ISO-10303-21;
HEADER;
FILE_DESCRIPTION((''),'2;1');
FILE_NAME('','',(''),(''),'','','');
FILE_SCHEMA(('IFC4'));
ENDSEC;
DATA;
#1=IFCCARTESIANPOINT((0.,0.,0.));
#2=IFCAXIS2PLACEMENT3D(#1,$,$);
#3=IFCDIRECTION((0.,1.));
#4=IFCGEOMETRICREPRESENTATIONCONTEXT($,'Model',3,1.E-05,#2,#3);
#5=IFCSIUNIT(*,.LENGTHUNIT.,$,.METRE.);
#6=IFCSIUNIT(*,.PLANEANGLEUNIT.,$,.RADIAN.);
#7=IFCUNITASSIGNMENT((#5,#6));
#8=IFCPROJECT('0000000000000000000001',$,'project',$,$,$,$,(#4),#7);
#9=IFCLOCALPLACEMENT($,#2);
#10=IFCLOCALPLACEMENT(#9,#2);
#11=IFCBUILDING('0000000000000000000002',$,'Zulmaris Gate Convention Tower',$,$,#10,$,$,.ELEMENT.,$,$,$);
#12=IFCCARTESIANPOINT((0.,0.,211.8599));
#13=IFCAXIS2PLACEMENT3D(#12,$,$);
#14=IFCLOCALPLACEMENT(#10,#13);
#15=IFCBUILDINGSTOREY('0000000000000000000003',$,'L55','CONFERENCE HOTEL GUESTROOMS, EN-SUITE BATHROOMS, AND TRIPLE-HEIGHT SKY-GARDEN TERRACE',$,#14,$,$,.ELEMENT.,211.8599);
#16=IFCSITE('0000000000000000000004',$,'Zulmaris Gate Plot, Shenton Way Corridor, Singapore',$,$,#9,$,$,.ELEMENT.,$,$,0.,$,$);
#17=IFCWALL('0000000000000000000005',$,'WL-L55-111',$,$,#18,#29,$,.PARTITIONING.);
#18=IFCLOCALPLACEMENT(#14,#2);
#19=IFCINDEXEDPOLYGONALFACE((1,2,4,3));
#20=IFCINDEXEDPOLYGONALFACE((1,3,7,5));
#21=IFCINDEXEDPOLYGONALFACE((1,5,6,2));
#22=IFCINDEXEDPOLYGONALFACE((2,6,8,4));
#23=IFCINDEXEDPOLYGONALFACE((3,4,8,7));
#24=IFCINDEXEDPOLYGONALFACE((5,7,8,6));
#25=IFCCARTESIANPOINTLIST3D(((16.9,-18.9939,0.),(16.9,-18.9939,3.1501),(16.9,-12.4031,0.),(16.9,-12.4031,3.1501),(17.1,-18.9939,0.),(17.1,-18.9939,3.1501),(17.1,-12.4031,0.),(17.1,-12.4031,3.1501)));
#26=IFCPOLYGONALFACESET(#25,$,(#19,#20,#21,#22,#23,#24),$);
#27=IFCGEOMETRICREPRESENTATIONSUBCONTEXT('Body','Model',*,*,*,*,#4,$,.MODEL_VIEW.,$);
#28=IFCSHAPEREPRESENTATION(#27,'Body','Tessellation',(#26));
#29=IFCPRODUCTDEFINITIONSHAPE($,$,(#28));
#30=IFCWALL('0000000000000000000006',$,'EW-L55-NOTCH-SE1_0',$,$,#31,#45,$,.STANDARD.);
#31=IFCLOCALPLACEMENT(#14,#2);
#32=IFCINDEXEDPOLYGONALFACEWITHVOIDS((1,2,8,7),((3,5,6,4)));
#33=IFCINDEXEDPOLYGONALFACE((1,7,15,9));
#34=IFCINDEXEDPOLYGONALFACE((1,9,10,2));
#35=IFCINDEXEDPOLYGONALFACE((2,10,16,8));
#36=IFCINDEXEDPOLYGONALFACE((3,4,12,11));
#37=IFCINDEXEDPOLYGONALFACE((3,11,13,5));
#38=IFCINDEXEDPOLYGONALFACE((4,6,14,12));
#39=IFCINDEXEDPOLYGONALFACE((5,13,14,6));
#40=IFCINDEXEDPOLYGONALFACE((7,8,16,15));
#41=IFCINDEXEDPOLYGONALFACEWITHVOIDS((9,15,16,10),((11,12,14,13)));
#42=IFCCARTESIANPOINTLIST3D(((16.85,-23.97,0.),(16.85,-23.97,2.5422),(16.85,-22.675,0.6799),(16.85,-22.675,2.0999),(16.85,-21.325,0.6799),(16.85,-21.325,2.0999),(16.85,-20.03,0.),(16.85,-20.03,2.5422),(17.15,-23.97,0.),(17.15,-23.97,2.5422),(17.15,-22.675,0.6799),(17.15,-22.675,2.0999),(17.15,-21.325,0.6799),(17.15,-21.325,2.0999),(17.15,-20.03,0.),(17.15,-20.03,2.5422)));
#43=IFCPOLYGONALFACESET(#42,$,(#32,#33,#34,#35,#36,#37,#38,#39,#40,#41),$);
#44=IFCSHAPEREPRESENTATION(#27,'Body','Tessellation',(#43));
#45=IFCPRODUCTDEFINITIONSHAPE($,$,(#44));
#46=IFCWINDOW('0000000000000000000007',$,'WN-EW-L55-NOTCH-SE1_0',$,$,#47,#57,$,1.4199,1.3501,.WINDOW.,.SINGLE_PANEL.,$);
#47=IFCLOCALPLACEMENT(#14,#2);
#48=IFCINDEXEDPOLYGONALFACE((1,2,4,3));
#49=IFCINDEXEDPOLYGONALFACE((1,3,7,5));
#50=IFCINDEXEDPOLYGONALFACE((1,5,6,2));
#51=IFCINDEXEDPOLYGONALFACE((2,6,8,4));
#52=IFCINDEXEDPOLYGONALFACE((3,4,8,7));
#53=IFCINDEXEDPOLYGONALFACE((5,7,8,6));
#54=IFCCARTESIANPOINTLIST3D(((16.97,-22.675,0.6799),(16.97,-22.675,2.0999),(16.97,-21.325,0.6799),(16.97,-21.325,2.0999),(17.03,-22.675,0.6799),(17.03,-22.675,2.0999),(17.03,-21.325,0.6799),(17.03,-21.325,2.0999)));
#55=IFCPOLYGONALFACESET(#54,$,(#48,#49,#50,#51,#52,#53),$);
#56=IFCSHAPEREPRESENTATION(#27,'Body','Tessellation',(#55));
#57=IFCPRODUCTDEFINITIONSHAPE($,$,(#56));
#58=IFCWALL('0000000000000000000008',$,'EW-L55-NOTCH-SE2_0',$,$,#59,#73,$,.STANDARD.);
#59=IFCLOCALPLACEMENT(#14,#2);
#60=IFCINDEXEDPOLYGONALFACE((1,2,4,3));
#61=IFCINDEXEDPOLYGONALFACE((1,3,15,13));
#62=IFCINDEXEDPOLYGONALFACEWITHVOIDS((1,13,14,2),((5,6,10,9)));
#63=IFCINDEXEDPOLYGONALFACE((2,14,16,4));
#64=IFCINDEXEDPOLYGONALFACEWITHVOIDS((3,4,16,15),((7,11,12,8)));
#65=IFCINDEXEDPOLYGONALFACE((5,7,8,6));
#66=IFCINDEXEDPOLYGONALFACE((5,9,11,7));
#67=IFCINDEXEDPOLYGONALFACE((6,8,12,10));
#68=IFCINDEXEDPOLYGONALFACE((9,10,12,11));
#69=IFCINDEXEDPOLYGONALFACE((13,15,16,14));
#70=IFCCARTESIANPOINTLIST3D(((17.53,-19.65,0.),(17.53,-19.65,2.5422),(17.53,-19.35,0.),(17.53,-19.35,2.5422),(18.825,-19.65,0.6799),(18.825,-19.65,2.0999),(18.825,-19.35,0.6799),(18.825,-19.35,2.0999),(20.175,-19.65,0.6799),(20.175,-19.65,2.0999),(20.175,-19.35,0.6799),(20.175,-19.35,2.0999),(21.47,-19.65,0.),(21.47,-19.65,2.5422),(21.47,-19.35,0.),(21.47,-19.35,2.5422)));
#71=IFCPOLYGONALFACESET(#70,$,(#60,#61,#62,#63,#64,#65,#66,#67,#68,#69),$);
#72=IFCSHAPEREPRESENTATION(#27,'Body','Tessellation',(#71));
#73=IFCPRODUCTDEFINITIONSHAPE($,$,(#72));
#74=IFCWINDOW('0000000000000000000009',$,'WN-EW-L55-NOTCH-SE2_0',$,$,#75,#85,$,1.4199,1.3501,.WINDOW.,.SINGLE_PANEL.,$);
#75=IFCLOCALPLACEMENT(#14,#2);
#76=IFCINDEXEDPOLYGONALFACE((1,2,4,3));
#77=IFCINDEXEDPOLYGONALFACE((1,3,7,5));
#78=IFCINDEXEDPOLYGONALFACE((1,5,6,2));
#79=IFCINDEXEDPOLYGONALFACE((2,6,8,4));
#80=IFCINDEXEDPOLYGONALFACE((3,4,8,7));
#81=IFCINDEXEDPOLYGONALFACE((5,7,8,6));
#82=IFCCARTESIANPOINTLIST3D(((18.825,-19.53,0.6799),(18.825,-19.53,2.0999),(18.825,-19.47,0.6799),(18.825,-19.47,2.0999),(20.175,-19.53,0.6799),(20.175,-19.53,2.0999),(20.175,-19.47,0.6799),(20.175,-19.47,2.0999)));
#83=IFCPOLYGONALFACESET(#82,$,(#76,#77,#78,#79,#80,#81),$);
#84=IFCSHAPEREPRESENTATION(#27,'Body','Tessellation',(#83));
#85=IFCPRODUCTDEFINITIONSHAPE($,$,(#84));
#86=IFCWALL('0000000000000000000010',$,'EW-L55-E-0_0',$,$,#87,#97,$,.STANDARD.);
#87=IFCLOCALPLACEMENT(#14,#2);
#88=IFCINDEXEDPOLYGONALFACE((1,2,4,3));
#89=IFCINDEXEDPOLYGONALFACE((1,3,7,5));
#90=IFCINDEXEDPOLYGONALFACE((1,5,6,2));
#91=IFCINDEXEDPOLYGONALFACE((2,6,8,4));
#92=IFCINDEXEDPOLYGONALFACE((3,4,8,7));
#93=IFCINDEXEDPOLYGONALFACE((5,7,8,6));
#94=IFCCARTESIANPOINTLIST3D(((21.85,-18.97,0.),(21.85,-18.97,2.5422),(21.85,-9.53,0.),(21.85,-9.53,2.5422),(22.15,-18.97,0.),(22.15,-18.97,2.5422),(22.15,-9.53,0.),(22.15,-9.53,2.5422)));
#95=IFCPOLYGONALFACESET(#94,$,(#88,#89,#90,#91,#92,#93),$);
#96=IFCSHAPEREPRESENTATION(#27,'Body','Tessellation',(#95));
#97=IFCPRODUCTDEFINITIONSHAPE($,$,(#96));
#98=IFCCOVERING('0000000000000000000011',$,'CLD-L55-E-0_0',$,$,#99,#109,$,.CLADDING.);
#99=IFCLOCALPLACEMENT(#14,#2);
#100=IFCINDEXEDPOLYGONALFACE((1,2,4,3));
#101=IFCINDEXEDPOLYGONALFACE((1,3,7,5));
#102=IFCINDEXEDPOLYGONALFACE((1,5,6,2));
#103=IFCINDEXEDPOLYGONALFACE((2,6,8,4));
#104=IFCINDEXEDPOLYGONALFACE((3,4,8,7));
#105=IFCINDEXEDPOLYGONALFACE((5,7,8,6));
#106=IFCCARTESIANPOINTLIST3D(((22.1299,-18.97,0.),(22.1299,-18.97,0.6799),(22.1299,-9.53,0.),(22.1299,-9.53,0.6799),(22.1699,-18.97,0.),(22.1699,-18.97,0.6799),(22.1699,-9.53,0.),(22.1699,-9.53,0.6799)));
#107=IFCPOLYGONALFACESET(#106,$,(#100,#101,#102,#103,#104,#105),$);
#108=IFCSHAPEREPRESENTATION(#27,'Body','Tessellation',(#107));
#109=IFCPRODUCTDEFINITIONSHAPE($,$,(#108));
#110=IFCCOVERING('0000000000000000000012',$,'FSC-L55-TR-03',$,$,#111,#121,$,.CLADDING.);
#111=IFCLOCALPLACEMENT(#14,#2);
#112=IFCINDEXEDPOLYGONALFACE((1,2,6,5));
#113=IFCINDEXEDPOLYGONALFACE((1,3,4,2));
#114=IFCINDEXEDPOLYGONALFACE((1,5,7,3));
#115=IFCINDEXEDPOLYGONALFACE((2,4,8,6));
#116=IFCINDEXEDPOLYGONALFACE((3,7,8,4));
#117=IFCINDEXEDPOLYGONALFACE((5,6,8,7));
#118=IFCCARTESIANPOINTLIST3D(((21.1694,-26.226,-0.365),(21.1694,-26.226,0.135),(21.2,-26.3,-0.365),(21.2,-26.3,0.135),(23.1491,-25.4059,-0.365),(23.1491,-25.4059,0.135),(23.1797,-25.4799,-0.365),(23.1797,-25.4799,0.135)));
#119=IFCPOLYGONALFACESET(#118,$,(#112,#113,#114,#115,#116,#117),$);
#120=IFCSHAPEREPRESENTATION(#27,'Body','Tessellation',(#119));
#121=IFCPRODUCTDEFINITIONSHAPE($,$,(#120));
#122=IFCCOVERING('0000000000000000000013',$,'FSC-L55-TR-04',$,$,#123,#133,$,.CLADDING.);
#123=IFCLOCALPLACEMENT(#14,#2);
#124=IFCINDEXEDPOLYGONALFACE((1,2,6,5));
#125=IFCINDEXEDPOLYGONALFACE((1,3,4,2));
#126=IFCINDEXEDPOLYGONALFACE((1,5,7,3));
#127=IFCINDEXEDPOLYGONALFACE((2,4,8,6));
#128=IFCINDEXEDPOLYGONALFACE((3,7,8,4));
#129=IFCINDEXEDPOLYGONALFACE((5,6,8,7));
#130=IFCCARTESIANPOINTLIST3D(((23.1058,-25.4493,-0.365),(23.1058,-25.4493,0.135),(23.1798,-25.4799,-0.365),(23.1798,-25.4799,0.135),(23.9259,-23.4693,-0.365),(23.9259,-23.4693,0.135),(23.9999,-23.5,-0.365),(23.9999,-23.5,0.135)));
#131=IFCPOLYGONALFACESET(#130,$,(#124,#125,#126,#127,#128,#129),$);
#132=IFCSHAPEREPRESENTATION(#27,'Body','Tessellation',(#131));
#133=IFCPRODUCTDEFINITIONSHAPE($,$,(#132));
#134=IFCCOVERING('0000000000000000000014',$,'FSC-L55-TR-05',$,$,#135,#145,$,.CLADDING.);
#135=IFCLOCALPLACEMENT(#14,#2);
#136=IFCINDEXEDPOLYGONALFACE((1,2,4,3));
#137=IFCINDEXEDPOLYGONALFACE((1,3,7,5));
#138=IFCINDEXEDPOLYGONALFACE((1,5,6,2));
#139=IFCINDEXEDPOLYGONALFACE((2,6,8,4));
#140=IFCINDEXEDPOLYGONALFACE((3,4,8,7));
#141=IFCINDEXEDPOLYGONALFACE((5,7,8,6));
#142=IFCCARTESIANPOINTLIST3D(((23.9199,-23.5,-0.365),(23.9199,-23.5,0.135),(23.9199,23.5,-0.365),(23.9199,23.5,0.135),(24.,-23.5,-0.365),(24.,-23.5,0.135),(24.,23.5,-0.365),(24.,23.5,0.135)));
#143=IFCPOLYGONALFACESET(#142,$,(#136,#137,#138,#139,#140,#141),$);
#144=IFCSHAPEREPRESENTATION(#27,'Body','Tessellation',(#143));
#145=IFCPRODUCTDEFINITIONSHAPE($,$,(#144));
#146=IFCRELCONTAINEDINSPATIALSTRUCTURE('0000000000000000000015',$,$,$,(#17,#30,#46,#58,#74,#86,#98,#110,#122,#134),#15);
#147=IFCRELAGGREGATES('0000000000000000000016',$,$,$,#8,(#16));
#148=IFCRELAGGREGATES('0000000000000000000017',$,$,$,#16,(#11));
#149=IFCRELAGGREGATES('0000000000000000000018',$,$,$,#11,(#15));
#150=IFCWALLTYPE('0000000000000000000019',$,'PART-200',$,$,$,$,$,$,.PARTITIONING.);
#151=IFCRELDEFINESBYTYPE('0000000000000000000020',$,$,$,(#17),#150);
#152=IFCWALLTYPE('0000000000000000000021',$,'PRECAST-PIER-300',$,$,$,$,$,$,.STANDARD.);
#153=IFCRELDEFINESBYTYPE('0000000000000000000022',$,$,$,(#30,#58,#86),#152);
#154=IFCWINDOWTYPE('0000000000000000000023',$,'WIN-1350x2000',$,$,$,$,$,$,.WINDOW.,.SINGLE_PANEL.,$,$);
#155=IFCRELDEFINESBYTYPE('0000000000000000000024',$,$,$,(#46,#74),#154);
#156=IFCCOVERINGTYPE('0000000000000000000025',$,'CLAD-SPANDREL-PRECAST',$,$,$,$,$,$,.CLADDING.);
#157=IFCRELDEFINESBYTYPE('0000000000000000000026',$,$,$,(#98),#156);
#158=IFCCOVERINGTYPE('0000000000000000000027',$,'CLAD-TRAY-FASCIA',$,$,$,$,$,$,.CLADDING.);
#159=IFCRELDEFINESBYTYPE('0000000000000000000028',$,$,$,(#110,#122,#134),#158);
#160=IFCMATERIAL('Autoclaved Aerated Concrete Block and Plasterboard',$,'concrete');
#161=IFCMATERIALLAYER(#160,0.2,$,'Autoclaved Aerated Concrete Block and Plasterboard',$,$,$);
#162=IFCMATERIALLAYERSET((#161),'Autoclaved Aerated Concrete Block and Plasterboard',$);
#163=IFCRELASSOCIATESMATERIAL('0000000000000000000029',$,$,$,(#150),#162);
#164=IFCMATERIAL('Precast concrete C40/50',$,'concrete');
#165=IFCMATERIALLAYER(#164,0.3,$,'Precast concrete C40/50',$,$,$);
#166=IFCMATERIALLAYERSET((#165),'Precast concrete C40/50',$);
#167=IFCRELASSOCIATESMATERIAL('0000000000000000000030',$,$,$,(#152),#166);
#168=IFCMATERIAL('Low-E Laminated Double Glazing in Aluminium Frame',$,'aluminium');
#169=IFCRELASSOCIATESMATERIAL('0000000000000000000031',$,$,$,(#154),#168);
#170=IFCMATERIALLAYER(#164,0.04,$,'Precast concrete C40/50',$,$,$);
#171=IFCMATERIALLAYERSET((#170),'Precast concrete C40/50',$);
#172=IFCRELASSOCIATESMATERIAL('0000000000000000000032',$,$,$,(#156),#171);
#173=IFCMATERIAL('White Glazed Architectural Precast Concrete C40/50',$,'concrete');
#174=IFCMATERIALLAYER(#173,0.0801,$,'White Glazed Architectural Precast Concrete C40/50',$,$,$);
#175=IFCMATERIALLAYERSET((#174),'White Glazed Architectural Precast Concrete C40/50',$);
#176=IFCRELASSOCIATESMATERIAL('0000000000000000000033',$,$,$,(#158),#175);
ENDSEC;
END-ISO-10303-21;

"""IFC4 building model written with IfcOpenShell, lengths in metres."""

from ifc_helpers import new_model, si_unit, direction, frame, frame_2d, origin, place, context, subcontext, project, spatial, rectangle, extrude, material, layer, layer_set, type_object, element, fill, save


model = new_model("IFC4")

# Units and contexts
model_context = context("Model", 3, precision=1e-05, world=origin(), true_north=direction((0.0, 1.0)))
body_context = subcontext(model_context, "Body", "Model", "MODEL_VIEW")
ifc_project = project(units=[si_unit("LENGTHUNIT", "METRE"), si_unit("PLANEANGLEUNIT", "RADIAN")], contexts=[model_context])

# Site, building, storey
site_placement = place(None, origin())
site = spatial("IfcSite", under=ifc_project, at=site_placement, Name="Zulmaris Gate Plot, Shenton Way Corridor, Singapore", CompositionType="ELEMENT", RefElevation=0.0)
building_placement = place(site_placement, origin())
building = spatial("IfcBuilding", under=site, at=building_placement, Name="Zulmaris Gate Convention Tower", CompositionType="ELEMENT")
storey_placement = place(building_placement, frame((0.0, 0.0, 211.8599)))
storey = spatial("IfcBuildingStorey", under=building, at=storey_placement, Name="L55", Description="CONFERENCE HOTEL GUESTROOMS, EN-SUITE BATHROOMS, AND TRIPLE-HEIGHT SKY-GARDEN TERRACE", CompositionType="ELEMENT", Elevation=211.8599)

# Wall
ifc_material_1 = material(Name="Autoclaved Aerated Concrete Block and Plasterboard", Category="concrete")
ifc_layer_1 = layer(ifc_material_1, 0.2, Name="Autoclaved Aerated Concrete Block and Plasterboard")
ifc_layer_set_1 = layer_set([ifc_layer_1], Name="Autoclaved Aerated Concrete Block and Plasterboard")
wall_type_1 = type_object("IfcWallType", Name="PART-200", PredefinedType="PARTITIONING", material=ifc_layer_set_1)
wall_1_placement = place(storey_placement, frame((17.0, -18.9939, 0.0), z_axis=(0.0, 0.0, 1.0), x_axis=(0.0, 1.0, 0.0)))
element("IfcWall", 1, at=wall_1_placement, inside=storey, type_object=wall_type_1, Name="WL-L55-111", PredefinedType="PARTITIONING", context=body_context, shape_type="SweptSolid", body=[
    extrude(rectangle(XDim=6.5908, YDim=0.2, at=frame_2d((3.2954, 0.0))), origin(), (0.0, 0.0, 1.0), 3.1501),
])

# Walls, openings, windows
ifc_material_2 = material(Name="Precast concrete C40/50", Category="concrete")
ifc_layer_2 = layer(ifc_material_2, 0.3, Name="Precast concrete C40/50")
ifc_layer_set_2 = layer_set([ifc_layer_2], Name="Precast concrete C40/50")
wall_type_2 = type_object("IfcWallType", Name="PRECAST-PIER-300", PredefinedType="STANDARD", material=ifc_layer_set_2)
wall_2_placement = place(storey_placement, frame((17.0, -23.97, 0.0), z_axis=(0.0, 0.0, 1.0), x_axis=(0.0, 1.0, 0.0)))
wall_2 = element("IfcWall", 2, at=wall_2_placement, inside=storey, type_object=wall_type_2, Name="EW-L55-NOTCH-SE1_0", PredefinedType="STANDARD", context=body_context, shape_type="SweptSolid", body=[
    extrude(rectangle(XDim=3.9399, YDim=0.3, at=frame_2d((1.97, 0.0))), origin(), (0.0, 0.0, 1.0), 2.5422),
])
opening_1_placement = place(wall_2_placement, frame((1.2949, 0.0, 0.6799)))
opening_1 = element("IfcOpeningElement", 3, at=opening_1_placement, cuts=wall_2, PredefinedType="OPENING", context=body_context, shape_type="SweptSolid", body=[
    extrude(rectangle(XDim=1.3501, YDim=1.4199, at=frame_2d((0.675, 0.71))), frame((0.0, 0.1602, 0.0), z_axis=(0.0, -1.0, 0.0), x_axis=(1.0, 0.0, 0.0)), (0.0, 0.0, 1.0), 0.3201),
])
ifc_material_3 = material(Name="Low-E Laminated Double Glazing in Aluminium Frame", Category="aluminium")
window_type = type_object("IfcWindowType", Name="WIN-1350x2000", PartitioningType="SINGLE_PANEL", PredefinedType="WINDOW", material=ifc_material_3)
window_1_placement = place(opening_1_placement, origin())
window_1 = element("IfcWindow", 4, at=window_1_placement, inside=storey, type_object=window_type, Name="WN-EW-L55-NOTCH-SE1_0", OverallHeight=1.4199, OverallWidth=1.3501, PartitioningType="SINGLE_PANEL", PredefinedType="WINDOW", context=body_context, shape_type="SweptSolid", body=[
    extrude(rectangle(XDim=1.3501, YDim=1.4199, at=frame_2d((0.675, 0.71))), frame((0.0, 0.03, 0.0), z_axis=(0.0, -1.0, 0.0), x_axis=(1.0, 0.0, 0.0)), (0.0, 0.0, 1.0), 0.0601),
])
fill(opening_1, window_1)
wall_3_placement = place(storey_placement, frame((17.53, -19.5, 0.0), z_axis=(0.0, 0.0, 1.0), x_axis=(1.0, 0.0, 0.0)))
wall_3 = element("IfcWall", 5, at=wall_3_placement, inside=storey, type_object=wall_type_2, Name="EW-L55-NOTCH-SE2_0", PredefinedType="STANDARD", context=body_context, shape_type="SweptSolid", body=[
    extrude(rectangle(XDim=3.9399, YDim=0.3, at=frame_2d((1.97, 0.0))), origin(), (0.0, 0.0, 1.0), 2.5422),
])
opening_2_placement = place(wall_3_placement, frame((1.2949, 0.0, 0.6799)))
opening_2 = element("IfcOpeningElement", 6, at=opening_2_placement, cuts=wall_3, PredefinedType="OPENING", context=body_context, shape_type="SweptSolid", body=[
    extrude(rectangle(XDim=1.3501, YDim=1.4199, at=frame_2d((0.675, 0.71))), frame((0.0, 0.1602, 0.0), z_axis=(0.0, -1.0, 0.0), x_axis=(1.0, 0.0, 0.0)), (0.0, 0.0, 1.0), 0.3201),
])
window_2_placement = place(opening_2_placement, origin())
window_2 = element("IfcWindow", 7, at=window_2_placement, inside=storey, type_object=window_type, Name="WN-EW-L55-NOTCH-SE2_0", OverallHeight=1.4199, OverallWidth=1.3501, PartitioningType="SINGLE_PANEL", PredefinedType="WINDOW", context=body_context, shape_type="SweptSolid", body=[
    extrude(rectangle(XDim=1.3501, YDim=1.4199, at=frame_2d((0.675, 0.71))), frame((0.0, 0.03, 0.0), z_axis=(0.0, -1.0, 0.0), x_axis=(1.0, 0.0, 0.0)), (0.0, 0.0, 1.0), 0.0601),
])
fill(opening_2, window_2)

# Wall
wall_4_placement = place(storey_placement, frame((22.0, -18.97, 0.0), z_axis=(0.0, 0.0, 1.0), x_axis=(0.0, 1.0, 0.0)))
element("IfcWall", 8, at=wall_4_placement, inside=storey, type_object=wall_type_2, Name="EW-L55-E-0_0", PredefinedType="STANDARD", context=body_context, shape_type="SweptSolid", body=[
    extrude(rectangle(XDim=9.4399, YDim=0.3, at=frame_2d((4.72, 0.0))), origin(), (0.0, 0.0, 1.0), 2.5422),
])

# Coverings
ifc_layer_3 = layer(ifc_material_2, 0.04, Name="Precast concrete C40/50")
ifc_layer_set_3 = layer_set([ifc_layer_3], Name="Precast concrete C40/50")
covering_type_1 = type_object("IfcCoveringType", Name="CLAD-SPANDREL-PRECAST", PredefinedType="CLADDING", material=ifc_layer_set_3)
covering_1_placement = place(storey_placement, frame((22.1499, -18.97, 0.0), z_axis=(0.0, 0.0, 1.0), x_axis=(0.0, 1.0, 0.0)))
element("IfcCovering", 9, at=covering_1_placement, inside=storey, type_object=covering_type_1, Name="CLD-L55-E-0_0", PredefinedType="CLADDING", context=body_context, shape_type="SweptSolid", body=[
    extrude(rectangle(XDim=9.4399, YDim=0.04, at=frame_2d((4.72, 0.0))), origin(), (0.0, 0.0, 1.0), 0.6799),
])
ifc_material_4 = material(Name="White Glazed Architectural Precast Concrete C40/50", Category="concrete")
ifc_layer_4 = layer(ifc_material_4, 0.0801, Name="White Glazed Architectural Precast Concrete C40/50")
ifc_layer_set_4 = layer_set([ifc_layer_4], Name="White Glazed Architectural Precast Concrete C40/50")
covering_type_2 = type_object("IfcCoveringType", Name="CLAD-TRAY-FASCIA", PredefinedType="CLADDING", material=ifc_layer_set_4)
covering_2_placement = place(storey_placement, frame((21.1848, -26.2629, -0.365), z_axis=(0.0, 0.0, 1.0), x_axis=(0.923874, 0.382697, 0.0)))
element("IfcCovering", 10, at=covering_2_placement, inside=storey, type_object=covering_type_2, Name="FSC-L55-TR-03", PredefinedType="CLADDING", context=body_context, shape_type="SweptSolid", body=[
    extrude(rectangle(XDim=2.1428, YDim=0.0801, at=frame_2d((1.0713, 0.0))), origin(), (0.0, 0.0, 1.0), 0.5),
])
covering_3_placement = place(storey_placement, frame((23.1428, -25.4646, -0.365), z_axis=(0.0, 0.0, 1.0), x_axis=(0.382657, 0.92389, 0.0)))
element("IfcCovering", 11, at=covering_3_placement, inside=storey, type_object=covering_type_2, Name="FSC-L55-TR-04", PredefinedType="CLADDING", context=body_context, shape_type="SweptSolid", body=[
    extrude(rectangle(XDim=2.1431, YDim=0.0801, at=frame_2d((1.0715, 0.0))), origin(), (0.0, 0.0, 1.0), 0.5),
])
covering_4_placement = place(storey_placement, frame((23.96, -23.5, -0.365), z_axis=(0.0, 0.0, 1.0), x_axis=(0.0, 1.0, 0.0)))
element("IfcCovering", 12, at=covering_4_placement, inside=storey, type_object=covering_type_2, Name="FSC-L55-TR-05", PredefinedType="CLADDING", context=body_context, shape_type="SweptSolid", body=[
    extrude(rectangle(XDim=47.0, YDim=0.0801, at=frame_2d((23.5, 0.0))), origin(), (0.0, 0.0, 1.0), 0.5),
])

save(model, "model.ifc")
